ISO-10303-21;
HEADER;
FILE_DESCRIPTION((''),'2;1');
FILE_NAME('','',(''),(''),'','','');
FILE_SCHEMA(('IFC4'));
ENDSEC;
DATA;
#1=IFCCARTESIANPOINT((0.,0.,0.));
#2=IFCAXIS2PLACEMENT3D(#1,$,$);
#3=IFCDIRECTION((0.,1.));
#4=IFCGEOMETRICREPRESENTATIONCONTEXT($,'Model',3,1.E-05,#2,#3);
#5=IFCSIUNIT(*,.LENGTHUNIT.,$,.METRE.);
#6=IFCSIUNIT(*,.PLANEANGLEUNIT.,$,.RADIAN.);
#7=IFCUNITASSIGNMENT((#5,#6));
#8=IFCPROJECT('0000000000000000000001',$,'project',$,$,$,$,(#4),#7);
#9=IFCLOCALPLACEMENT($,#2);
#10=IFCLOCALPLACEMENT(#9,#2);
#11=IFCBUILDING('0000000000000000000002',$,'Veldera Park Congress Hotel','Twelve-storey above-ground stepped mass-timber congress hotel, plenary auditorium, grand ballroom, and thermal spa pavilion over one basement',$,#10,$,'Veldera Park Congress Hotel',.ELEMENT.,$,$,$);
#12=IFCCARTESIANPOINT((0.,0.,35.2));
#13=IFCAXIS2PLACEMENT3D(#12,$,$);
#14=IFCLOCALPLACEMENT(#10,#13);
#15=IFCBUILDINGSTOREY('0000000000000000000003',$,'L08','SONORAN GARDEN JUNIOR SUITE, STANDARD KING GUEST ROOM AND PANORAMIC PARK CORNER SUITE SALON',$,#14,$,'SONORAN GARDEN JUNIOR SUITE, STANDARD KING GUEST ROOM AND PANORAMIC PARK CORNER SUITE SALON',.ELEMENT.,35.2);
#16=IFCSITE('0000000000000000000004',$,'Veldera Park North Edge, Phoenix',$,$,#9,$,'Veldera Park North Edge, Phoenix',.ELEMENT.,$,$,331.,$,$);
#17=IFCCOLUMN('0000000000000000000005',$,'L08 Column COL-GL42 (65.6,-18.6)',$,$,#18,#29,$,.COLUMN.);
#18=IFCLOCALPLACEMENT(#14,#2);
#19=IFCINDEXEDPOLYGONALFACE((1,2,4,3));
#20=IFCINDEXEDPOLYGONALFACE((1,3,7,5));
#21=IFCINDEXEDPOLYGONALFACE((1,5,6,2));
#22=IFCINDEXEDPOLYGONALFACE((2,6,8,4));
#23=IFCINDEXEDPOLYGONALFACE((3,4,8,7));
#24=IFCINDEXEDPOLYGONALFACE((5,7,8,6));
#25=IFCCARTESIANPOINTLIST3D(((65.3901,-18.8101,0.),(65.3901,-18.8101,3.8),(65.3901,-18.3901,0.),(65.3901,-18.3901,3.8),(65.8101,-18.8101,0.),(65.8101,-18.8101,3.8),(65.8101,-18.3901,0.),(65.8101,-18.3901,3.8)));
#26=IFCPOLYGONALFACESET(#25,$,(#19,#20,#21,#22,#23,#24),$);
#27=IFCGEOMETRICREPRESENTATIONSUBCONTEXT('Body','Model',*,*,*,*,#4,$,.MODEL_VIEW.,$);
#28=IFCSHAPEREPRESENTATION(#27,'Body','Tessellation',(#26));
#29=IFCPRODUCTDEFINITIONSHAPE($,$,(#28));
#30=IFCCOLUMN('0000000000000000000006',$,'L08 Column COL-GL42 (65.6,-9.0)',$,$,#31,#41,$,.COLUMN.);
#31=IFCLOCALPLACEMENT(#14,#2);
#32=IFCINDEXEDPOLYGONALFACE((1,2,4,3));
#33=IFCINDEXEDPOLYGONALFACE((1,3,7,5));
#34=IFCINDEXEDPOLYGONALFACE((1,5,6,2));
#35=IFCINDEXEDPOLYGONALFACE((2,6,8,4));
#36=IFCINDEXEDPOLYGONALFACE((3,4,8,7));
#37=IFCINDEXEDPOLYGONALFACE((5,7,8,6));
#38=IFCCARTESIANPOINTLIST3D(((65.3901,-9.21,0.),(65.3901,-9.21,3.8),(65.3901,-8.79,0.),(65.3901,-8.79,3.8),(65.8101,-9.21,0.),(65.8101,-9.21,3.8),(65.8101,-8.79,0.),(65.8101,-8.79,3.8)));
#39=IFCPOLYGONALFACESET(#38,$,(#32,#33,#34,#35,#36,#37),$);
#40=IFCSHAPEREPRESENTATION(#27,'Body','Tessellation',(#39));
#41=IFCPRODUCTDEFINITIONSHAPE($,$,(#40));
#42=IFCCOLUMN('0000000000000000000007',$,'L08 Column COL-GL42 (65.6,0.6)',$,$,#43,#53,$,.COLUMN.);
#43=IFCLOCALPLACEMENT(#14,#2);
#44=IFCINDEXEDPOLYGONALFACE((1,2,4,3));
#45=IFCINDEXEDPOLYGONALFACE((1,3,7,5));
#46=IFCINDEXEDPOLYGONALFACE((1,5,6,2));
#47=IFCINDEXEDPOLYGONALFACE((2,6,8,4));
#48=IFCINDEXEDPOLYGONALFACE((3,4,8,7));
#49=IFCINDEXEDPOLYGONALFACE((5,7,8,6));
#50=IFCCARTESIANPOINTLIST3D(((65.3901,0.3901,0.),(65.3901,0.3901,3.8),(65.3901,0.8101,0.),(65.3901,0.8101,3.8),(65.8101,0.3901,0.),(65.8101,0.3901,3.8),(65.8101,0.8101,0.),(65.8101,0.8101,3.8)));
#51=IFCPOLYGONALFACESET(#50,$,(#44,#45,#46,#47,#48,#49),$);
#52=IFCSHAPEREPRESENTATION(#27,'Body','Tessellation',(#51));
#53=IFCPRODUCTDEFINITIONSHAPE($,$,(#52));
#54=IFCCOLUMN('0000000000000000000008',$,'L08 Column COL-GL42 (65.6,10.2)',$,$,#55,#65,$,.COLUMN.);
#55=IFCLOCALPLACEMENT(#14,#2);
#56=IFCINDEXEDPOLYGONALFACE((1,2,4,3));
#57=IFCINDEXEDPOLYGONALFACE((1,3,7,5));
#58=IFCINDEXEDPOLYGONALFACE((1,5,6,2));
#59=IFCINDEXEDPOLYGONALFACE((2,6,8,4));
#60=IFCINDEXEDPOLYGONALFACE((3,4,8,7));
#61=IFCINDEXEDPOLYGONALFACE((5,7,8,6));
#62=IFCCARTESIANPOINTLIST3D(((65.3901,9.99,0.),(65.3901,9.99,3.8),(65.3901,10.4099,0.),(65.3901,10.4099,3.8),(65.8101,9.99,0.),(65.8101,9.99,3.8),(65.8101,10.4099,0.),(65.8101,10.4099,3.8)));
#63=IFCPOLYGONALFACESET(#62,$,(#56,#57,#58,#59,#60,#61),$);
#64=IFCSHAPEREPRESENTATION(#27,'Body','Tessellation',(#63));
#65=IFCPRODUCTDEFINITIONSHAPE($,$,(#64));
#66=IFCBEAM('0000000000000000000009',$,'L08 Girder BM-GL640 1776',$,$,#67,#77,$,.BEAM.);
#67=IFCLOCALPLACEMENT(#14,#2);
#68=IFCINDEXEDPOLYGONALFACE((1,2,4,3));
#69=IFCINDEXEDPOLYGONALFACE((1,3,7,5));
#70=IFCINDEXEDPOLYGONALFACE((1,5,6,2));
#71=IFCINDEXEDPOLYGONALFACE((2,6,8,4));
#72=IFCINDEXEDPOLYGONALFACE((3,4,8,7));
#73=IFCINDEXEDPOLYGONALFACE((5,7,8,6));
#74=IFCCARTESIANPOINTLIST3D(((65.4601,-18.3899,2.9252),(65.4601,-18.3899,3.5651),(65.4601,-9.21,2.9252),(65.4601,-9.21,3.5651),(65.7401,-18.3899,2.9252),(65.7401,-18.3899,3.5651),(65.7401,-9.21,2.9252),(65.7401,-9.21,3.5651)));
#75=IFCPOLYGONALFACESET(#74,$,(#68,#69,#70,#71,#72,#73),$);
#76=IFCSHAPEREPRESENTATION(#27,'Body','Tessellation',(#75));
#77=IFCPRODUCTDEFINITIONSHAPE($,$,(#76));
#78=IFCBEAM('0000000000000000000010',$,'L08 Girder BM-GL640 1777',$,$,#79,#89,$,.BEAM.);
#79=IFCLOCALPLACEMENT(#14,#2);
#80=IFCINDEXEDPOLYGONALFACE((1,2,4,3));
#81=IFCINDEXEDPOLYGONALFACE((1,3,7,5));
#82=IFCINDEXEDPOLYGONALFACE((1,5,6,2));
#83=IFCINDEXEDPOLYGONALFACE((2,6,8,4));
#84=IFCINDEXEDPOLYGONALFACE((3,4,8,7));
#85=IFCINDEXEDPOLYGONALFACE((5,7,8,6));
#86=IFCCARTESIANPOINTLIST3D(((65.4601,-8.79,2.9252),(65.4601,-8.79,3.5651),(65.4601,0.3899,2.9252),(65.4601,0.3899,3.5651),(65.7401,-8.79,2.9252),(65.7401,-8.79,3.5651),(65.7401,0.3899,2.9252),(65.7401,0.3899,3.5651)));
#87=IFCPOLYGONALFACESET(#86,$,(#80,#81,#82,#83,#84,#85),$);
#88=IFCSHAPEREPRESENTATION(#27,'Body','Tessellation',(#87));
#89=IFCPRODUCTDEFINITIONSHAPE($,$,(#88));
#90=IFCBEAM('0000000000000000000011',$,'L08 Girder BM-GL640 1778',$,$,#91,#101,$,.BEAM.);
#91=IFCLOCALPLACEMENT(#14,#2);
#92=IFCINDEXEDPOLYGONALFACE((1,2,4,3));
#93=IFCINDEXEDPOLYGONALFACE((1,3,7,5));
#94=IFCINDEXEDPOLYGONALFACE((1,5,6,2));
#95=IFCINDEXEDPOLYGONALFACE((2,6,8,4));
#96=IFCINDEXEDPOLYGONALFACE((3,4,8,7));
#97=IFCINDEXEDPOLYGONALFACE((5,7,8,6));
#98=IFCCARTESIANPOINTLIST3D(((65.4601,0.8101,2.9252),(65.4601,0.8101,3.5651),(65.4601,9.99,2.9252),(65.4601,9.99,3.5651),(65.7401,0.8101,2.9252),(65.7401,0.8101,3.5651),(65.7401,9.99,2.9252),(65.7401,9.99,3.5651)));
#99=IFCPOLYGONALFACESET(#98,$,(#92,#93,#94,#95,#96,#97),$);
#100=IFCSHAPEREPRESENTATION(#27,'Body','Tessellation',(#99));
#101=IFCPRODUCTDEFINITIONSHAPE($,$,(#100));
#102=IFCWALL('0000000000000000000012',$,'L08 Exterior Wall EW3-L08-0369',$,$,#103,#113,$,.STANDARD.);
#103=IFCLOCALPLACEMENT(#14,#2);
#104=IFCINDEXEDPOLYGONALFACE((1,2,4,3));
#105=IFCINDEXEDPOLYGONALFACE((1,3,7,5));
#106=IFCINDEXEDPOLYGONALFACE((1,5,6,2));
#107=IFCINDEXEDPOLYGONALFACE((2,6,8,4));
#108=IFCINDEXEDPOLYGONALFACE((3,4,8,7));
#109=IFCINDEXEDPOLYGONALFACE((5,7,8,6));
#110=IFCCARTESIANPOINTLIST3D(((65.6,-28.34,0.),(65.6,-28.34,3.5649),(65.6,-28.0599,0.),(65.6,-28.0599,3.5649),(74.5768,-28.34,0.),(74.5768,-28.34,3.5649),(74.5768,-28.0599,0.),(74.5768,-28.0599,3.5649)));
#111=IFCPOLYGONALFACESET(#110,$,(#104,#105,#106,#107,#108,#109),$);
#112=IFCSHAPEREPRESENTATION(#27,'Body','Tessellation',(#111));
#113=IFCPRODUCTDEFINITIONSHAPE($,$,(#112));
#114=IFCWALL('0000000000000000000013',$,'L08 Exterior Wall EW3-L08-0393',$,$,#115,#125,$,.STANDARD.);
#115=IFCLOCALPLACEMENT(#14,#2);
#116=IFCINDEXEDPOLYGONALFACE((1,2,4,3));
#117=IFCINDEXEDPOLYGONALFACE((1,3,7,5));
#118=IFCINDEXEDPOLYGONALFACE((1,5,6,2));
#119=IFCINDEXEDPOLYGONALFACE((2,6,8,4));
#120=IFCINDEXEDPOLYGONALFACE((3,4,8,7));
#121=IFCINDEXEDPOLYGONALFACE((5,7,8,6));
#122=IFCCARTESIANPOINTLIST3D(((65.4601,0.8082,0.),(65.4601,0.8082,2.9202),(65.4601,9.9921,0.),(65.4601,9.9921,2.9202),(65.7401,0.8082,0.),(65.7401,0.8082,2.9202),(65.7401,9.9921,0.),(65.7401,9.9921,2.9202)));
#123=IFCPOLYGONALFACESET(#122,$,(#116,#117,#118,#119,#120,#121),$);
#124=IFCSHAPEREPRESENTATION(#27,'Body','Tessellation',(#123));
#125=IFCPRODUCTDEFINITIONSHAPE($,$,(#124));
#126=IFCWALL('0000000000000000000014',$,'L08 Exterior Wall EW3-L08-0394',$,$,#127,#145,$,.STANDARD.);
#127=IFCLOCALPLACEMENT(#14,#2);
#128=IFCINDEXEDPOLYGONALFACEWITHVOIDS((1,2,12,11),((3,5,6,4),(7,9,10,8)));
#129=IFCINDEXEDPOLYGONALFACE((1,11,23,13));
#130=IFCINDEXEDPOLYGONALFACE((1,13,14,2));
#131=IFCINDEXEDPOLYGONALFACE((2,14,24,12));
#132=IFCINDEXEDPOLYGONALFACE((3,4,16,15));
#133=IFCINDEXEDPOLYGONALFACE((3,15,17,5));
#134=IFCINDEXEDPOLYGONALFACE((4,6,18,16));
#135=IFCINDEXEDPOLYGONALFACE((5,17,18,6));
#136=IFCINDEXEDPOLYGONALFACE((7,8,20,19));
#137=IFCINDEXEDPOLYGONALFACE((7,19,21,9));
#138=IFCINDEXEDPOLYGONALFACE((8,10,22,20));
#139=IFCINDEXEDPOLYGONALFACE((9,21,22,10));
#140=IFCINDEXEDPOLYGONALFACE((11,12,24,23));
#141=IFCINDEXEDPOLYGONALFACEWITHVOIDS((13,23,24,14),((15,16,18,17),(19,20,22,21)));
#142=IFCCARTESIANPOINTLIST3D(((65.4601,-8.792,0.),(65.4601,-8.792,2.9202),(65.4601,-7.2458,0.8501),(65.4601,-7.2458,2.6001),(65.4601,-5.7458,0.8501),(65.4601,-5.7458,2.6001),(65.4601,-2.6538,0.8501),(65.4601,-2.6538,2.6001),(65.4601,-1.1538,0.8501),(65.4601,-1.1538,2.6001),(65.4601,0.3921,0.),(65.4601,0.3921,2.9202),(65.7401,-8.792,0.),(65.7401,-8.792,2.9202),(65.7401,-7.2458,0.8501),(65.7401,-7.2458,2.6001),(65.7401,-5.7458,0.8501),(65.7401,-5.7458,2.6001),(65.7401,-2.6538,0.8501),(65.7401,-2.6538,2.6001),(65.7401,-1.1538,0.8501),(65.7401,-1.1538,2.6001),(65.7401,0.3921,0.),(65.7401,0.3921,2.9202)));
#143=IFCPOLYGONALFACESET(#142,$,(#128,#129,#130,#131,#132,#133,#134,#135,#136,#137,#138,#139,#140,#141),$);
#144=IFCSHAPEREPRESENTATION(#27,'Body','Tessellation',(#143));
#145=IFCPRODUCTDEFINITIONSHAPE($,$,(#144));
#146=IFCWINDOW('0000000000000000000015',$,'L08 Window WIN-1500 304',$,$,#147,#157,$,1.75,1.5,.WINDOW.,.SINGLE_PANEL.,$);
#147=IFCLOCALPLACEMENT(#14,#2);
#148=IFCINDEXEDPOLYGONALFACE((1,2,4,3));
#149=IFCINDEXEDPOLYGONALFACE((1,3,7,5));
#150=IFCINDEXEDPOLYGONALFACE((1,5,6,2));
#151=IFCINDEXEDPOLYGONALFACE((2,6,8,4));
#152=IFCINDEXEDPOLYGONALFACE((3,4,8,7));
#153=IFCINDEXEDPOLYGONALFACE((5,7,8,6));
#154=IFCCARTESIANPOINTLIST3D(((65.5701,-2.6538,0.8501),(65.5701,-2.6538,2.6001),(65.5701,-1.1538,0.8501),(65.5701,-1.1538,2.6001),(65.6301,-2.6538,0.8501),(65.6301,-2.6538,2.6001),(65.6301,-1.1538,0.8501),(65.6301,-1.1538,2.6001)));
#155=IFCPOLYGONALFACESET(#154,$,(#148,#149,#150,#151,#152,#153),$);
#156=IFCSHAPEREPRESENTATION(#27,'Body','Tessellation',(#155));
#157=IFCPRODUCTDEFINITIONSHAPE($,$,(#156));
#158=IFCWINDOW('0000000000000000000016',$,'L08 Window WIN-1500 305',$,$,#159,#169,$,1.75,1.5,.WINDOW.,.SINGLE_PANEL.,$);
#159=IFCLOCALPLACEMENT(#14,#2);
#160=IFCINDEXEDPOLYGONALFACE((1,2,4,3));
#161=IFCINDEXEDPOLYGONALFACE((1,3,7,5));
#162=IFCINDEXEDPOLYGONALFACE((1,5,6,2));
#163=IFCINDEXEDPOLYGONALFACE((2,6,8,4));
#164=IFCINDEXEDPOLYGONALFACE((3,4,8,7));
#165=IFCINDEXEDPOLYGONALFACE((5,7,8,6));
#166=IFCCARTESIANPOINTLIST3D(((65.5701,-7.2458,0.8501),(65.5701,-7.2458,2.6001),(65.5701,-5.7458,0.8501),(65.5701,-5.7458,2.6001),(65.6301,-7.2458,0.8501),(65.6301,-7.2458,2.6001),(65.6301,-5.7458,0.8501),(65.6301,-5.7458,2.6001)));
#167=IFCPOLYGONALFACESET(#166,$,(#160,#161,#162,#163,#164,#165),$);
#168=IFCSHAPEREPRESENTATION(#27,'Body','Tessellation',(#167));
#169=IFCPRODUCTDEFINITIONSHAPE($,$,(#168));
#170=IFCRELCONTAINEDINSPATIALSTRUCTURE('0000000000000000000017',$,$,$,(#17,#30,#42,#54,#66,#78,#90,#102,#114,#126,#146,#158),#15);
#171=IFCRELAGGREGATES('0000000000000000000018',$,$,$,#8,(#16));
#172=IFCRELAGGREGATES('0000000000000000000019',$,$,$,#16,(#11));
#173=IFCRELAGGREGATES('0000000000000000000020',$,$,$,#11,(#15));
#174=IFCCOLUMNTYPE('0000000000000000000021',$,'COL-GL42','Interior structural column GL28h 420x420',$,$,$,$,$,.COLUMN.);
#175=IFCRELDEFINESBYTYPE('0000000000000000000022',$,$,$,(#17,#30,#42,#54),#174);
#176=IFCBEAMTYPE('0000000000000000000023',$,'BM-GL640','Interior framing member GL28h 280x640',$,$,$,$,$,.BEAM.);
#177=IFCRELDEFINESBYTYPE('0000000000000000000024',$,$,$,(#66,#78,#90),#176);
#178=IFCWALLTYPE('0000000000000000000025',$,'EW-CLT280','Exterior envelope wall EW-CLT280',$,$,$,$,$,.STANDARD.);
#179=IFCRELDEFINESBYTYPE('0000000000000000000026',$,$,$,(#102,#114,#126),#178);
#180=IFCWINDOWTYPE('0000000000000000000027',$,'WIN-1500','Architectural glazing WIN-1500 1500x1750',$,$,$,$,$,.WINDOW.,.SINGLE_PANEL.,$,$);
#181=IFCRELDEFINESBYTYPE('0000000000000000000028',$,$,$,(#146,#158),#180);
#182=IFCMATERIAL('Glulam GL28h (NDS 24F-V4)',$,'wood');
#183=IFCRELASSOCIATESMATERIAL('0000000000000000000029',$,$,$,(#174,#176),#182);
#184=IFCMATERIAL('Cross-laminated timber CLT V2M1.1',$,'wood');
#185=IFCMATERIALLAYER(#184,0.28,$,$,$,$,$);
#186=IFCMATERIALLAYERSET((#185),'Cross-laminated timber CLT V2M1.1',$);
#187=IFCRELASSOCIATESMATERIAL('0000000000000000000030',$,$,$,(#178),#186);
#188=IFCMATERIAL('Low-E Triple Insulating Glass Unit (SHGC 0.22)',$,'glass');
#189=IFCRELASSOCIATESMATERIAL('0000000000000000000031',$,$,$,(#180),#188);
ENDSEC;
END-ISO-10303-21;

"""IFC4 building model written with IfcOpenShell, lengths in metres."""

from ifc_helpers import new_model, si_unit, direction, frame, frame_2d, origin, origin_2d, place, context, subcontext, project, spatial, rectangle, extrude, material, layer, layer_set, material_profile, profile_set, type_object, element, fill, save


model = new_model("IFC4")

# Units and contexts
model_context = context("Model", 3, precision=1e-05, world=origin(), true_north=direction((0.0, 1.0)))
body_context = subcontext(model_context, "Body", "Model", "MODEL_VIEW")
ifc_project = project(units=[si_unit("LENGTHUNIT", "METRE"), si_unit("PLANEANGLEUNIT", "RADIAN")], contexts=[model_context])

# Site, building, storey
site_placement = place(None, origin())
site = spatial("IfcSite", under=ifc_project, at=site_placement, Name="Veldera Park North Edge, Phoenix", LongName="Veldera Park North Edge, Phoenix", CompositionType="ELEMENT", RefElevation=331.0)
building_placement = place(site_placement, origin())
building = spatial("IfcBuilding", under=site, at=building_placement, Name="Veldera Park Congress Hotel", Description="Twelve-storey above-ground stepped mass-timber congress hotel, plenary auditorium, grand ballroom, and thermal spa pavilion over one basement", LongName="Veldera Park Congress Hotel", CompositionType="ELEMENT")
storey_placement = place(building_placement, frame((0.0, 0.0, 35.2)))
storey = spatial("IfcBuildingStorey", under=building, at=storey_placement, Name="L08", Description="SONORAN GARDEN JUNIOR SUITE, STANDARD KING GUEST ROOM AND PANORAMIC PARK CORNER SUITE SALON", LongName="SONORAN GARDEN JUNIOR SUITE, STANDARD KING GUEST ROOM AND PANORAMIC PARK CORNER SUITE SALON", CompositionType="ELEMENT", Elevation=35.2)

# Columns
ifc_material_1 = material(Name="Glulam GL28h (NDS 24F-V4)", Category="wood")
ifc_material_profile_1 = material_profile(ifc_material_1, rectangle(XDim=0.4199, YDim=0.4199, at=origin_2d()), Name="GL28h 420x420")
ifc_profile_set_1 = profile_set([ifc_material_profile_1], Name="Glulam GL28h (NDS 24F-V4)")
column_type = type_object("IfcColumnType", Name="COL-GL42", Description="Interior structural column GL28h 420x420", PredefinedType="COLUMN", material=ifc_profile_set_1)
for number, where, z_axis, x_axis, name in (
    (1, (65.6001, -18.6001, 0.0), (0.0, 0.0, 1.0), (1.0, 0.0, 0.0), "L08 Column COL-GL42 (65.6,-18.6)"),
    (2, (65.6001, -9.0, 0.0), (0.0, 0.0, 1.0), (1.0, 0.0, 0.0), "L08 Column COL-GL42 (65.6,-9.0)"),
    (3, (65.6001, 0.6001, 0.0), (0.0, 0.0, 1.0), (1.0, 0.0, 0.0), "L08 Column COL-GL42 (65.6,0.6)"),
    (4, (65.6001, 10.2, 0.0), (0.0, 0.0, 1.0), (1.0, 0.0, 0.0), "L08 Column COL-GL42 (65.6,10.2)"),
):
    element("IfcColumn", number, at=place(storey_placement, frame(where, z_axis=z_axis, x_axis=x_axis)), inside=storey, type_object=column_type, Name=name, PredefinedType="COLUMN", context=body_context, shape_type="SweptSolid", body=[
        extrude(rectangle(XDim=0.4199, YDim=0.4199, at=origin_2d()), origin(), (0.0, 0.0, 1.0), 3.8),
    ])

# Beams
ifc_material_profile_2 = material_profile(ifc_material_1, rectangle(XDim=0.28, YDim=0.6399, at=origin_2d()), Name="GL28h 280x640")
ifc_profile_set_2 = profile_set([ifc_material_profile_2], Name="Glulam GL28h (NDS 24F-V4)")
beam_type = type_object("IfcBeamType", Name="BM-GL640", Description="Interior framing member GL28h 280x640", PredefinedType="BEAM", material=ifc_profile_set_2)
for number, where, z_axis, x_axis, name in (
    (5, (65.6001, -18.3899, 3.2451), (0.0, 1.0, 0.0), (-1.0, 0.0, 0.0), "L08 Girder BM-GL640 1776"),
    (6, (65.6001, -8.79, 3.2451), (0.0, 1.0, 0.0), (-1.0, 0.0, 0.0), "L08 Girder BM-GL640 1777"),
    (7, (65.6001, 0.8101, 3.2451), (0.0, 1.0, 0.0), (-1.0, 0.0, 0.0), "L08 Girder BM-GL640 1778"),
):
    element("IfcBeam", number, at=place(storey_placement, frame(where, z_axis=z_axis, x_axis=x_axis)), inside=storey, type_object=beam_type, Name=name, PredefinedType="BEAM", context=body_context, shape_type="SweptSolid", body=[
        extrude(rectangle(XDim=0.28, YDim=0.6399, at=origin_2d()), origin(), (0.0, 0.0, 1.0), 9.1799),
    ])

# Walls
ifc_material_2 = material(Name="Cross-laminated timber CLT V2M1.1", Category="wood")
ifc_layer = layer(ifc_material_2, 0.28)
ifc_layer_set = layer_set([ifc_layer], Name="Cross-laminated timber CLT V2M1.1")
wall_type = type_object("IfcWallType", Name="EW-CLT280", Description="Exterior envelope wall EW-CLT280", PredefinedType="STANDARD", material=ifc_layer_set)
wall_1_placement = place(storey_placement, frame((65.6001, -28.2, 0.0), z_axis=(0.0, 0.0, 1.0), x_axis=(1.0, 0.0, 0.0)))
element("IfcWall", 8, at=wall_1_placement, inside=storey, type_object=wall_type, Name="L08 Exterior Wall EW3-L08-0369", PredefinedType="STANDARD", context=body_context, shape_type="SweptSolid", body=[
    extrude(rectangle(XDim=8.9768, YDim=0.28, at=frame_2d((4.4883, 0.0))), origin(), (0.0, 0.0, 1.0), 3.5649),
])
wall_2_placement = place(storey_placement, frame((65.6001, 9.9919, 0.0), z_axis=(0.0, 0.0, 1.0), x_axis=(0.0, -1.0, 0.0)))
element("IfcWall", 9, at=wall_2_placement, inside=storey, type_object=wall_type, Name="L08 Exterior Wall EW3-L08-0393", PredefinedType="STANDARD", context=body_context, shape_type="SweptSolid", body=[
    extrude(rectangle(XDim=9.1838, YDim=0.28, at=frame_2d((4.5918, 0.0))), origin(), (0.0, 0.0, 1.0), 2.9202),
])

# Wall, openings, windows
wall_3_placement = place(storey_placement, frame((65.6001, 0.3921, 0.0), z_axis=(0.0, 0.0, 1.0), x_axis=(0.0, -1.0, 0.0)))
wall_3 = element("IfcWall", 10, at=wall_3_placement, inside=storey, type_object=wall_type, Name="L08 Exterior Wall EW3-L08-0394", PredefinedType="STANDARD", context=body_context, shape_type="SweptSolid", body=[
    extrude(rectangle(XDim=9.1841, YDim=0.28, at=frame_2d((4.592, 0.0))), origin(), (0.0, 0.0, 1.0), 2.9202),
])
opening_1_placement = place(wall_3_placement, frame((1.5459, 0.0, 0.8501)))
opening_1 = element("IfcOpeningElement", 11, at=opening_1_placement, cuts=wall_3, PredefinedType="OPENING", context=body_context, shape_type="SweptSolid", body=[
    extrude(rectangle(XDim=1.5, YDim=1.75, at=frame_2d((0.75, 0.875))), frame((0.0, 0.1521, 0.0), z_axis=(0.0, -1.0, 0.0), x_axis=(1.0, 0.0, 0.0)), (0.0, 0.0, 1.0), 0.304),
])
opening_2_placement = place(wall_3_placement, frame((6.1379, 0.0, 0.8501)))
opening_2 = element("IfcOpeningElement", 12, at=opening_2_placement, cuts=wall_3, PredefinedType="OPENING", context=body_context, shape_type="SweptSolid", body=[
    extrude(rectangle(XDim=1.5, YDim=1.75, at=frame_2d((0.75, 0.875))), frame((0.0, 0.1521, 0.0), z_axis=(0.0, -1.0, 0.0), x_axis=(1.0, 0.0, 0.0)), (0.0, 0.0, 1.0), 0.304),
])
ifc_material_3 = material(Name="Low-E Triple Insulating Glass Unit (SHGC 0.22)", Category="glass")
window_type = type_object("IfcWindowType", Name="WIN-1500", Description="Architectural glazing WIN-1500 1500x1750", PartitioningType="SINGLE_PANEL", PredefinedType="WINDOW", material=ifc_material_3)
window_1_placement = place(opening_1_placement, origin())
window_1 = element("IfcWindow", 13, at=window_1_placement, inside=storey, type_object=window_type, Name="L08 Window WIN-1500 304", OverallHeight=1.75, OverallWidth=1.5, PartitioningType="SINGLE_PANEL", PredefinedType="WINDOW", context=body_context, shape_type="SweptSolid", body=[
    extrude(rectangle(XDim=1.5, YDim=1.75, at=frame_2d((0.75, 0.875))), frame((0.0, 0.03, 0.0), z_axis=(0.0, -1.0, 0.0), x_axis=(1.0, 0.0, 0.0)), (0.0, 0.0, 1.0), 0.0601),
])
fill(opening_1, window_1)
window_2_placement = place(opening_2_placement, origin())
window_2 = element("IfcWindow", 14, at=window_2_placement, inside=storey, type_object=window_type, Name="L08 Window WIN-1500 305", OverallHeight=1.75, OverallWidth=1.5, PartitioningType="SINGLE_PANEL", PredefinedType="WINDOW", context=body_context, shape_type="SweptSolid", body=[
    extrude(rectangle(XDim=1.5, YDim=1.75, at=frame_2d((0.75, 0.875))), frame((0.0, 0.03, 0.0), z_axis=(0.0, -1.0, 0.0), x_axis=(1.0, 0.0, 0.0)), (0.0, 0.0, 1.0), 0.0601),
])
fill(opening_2, window_2)

save(model, "model.ifc")
